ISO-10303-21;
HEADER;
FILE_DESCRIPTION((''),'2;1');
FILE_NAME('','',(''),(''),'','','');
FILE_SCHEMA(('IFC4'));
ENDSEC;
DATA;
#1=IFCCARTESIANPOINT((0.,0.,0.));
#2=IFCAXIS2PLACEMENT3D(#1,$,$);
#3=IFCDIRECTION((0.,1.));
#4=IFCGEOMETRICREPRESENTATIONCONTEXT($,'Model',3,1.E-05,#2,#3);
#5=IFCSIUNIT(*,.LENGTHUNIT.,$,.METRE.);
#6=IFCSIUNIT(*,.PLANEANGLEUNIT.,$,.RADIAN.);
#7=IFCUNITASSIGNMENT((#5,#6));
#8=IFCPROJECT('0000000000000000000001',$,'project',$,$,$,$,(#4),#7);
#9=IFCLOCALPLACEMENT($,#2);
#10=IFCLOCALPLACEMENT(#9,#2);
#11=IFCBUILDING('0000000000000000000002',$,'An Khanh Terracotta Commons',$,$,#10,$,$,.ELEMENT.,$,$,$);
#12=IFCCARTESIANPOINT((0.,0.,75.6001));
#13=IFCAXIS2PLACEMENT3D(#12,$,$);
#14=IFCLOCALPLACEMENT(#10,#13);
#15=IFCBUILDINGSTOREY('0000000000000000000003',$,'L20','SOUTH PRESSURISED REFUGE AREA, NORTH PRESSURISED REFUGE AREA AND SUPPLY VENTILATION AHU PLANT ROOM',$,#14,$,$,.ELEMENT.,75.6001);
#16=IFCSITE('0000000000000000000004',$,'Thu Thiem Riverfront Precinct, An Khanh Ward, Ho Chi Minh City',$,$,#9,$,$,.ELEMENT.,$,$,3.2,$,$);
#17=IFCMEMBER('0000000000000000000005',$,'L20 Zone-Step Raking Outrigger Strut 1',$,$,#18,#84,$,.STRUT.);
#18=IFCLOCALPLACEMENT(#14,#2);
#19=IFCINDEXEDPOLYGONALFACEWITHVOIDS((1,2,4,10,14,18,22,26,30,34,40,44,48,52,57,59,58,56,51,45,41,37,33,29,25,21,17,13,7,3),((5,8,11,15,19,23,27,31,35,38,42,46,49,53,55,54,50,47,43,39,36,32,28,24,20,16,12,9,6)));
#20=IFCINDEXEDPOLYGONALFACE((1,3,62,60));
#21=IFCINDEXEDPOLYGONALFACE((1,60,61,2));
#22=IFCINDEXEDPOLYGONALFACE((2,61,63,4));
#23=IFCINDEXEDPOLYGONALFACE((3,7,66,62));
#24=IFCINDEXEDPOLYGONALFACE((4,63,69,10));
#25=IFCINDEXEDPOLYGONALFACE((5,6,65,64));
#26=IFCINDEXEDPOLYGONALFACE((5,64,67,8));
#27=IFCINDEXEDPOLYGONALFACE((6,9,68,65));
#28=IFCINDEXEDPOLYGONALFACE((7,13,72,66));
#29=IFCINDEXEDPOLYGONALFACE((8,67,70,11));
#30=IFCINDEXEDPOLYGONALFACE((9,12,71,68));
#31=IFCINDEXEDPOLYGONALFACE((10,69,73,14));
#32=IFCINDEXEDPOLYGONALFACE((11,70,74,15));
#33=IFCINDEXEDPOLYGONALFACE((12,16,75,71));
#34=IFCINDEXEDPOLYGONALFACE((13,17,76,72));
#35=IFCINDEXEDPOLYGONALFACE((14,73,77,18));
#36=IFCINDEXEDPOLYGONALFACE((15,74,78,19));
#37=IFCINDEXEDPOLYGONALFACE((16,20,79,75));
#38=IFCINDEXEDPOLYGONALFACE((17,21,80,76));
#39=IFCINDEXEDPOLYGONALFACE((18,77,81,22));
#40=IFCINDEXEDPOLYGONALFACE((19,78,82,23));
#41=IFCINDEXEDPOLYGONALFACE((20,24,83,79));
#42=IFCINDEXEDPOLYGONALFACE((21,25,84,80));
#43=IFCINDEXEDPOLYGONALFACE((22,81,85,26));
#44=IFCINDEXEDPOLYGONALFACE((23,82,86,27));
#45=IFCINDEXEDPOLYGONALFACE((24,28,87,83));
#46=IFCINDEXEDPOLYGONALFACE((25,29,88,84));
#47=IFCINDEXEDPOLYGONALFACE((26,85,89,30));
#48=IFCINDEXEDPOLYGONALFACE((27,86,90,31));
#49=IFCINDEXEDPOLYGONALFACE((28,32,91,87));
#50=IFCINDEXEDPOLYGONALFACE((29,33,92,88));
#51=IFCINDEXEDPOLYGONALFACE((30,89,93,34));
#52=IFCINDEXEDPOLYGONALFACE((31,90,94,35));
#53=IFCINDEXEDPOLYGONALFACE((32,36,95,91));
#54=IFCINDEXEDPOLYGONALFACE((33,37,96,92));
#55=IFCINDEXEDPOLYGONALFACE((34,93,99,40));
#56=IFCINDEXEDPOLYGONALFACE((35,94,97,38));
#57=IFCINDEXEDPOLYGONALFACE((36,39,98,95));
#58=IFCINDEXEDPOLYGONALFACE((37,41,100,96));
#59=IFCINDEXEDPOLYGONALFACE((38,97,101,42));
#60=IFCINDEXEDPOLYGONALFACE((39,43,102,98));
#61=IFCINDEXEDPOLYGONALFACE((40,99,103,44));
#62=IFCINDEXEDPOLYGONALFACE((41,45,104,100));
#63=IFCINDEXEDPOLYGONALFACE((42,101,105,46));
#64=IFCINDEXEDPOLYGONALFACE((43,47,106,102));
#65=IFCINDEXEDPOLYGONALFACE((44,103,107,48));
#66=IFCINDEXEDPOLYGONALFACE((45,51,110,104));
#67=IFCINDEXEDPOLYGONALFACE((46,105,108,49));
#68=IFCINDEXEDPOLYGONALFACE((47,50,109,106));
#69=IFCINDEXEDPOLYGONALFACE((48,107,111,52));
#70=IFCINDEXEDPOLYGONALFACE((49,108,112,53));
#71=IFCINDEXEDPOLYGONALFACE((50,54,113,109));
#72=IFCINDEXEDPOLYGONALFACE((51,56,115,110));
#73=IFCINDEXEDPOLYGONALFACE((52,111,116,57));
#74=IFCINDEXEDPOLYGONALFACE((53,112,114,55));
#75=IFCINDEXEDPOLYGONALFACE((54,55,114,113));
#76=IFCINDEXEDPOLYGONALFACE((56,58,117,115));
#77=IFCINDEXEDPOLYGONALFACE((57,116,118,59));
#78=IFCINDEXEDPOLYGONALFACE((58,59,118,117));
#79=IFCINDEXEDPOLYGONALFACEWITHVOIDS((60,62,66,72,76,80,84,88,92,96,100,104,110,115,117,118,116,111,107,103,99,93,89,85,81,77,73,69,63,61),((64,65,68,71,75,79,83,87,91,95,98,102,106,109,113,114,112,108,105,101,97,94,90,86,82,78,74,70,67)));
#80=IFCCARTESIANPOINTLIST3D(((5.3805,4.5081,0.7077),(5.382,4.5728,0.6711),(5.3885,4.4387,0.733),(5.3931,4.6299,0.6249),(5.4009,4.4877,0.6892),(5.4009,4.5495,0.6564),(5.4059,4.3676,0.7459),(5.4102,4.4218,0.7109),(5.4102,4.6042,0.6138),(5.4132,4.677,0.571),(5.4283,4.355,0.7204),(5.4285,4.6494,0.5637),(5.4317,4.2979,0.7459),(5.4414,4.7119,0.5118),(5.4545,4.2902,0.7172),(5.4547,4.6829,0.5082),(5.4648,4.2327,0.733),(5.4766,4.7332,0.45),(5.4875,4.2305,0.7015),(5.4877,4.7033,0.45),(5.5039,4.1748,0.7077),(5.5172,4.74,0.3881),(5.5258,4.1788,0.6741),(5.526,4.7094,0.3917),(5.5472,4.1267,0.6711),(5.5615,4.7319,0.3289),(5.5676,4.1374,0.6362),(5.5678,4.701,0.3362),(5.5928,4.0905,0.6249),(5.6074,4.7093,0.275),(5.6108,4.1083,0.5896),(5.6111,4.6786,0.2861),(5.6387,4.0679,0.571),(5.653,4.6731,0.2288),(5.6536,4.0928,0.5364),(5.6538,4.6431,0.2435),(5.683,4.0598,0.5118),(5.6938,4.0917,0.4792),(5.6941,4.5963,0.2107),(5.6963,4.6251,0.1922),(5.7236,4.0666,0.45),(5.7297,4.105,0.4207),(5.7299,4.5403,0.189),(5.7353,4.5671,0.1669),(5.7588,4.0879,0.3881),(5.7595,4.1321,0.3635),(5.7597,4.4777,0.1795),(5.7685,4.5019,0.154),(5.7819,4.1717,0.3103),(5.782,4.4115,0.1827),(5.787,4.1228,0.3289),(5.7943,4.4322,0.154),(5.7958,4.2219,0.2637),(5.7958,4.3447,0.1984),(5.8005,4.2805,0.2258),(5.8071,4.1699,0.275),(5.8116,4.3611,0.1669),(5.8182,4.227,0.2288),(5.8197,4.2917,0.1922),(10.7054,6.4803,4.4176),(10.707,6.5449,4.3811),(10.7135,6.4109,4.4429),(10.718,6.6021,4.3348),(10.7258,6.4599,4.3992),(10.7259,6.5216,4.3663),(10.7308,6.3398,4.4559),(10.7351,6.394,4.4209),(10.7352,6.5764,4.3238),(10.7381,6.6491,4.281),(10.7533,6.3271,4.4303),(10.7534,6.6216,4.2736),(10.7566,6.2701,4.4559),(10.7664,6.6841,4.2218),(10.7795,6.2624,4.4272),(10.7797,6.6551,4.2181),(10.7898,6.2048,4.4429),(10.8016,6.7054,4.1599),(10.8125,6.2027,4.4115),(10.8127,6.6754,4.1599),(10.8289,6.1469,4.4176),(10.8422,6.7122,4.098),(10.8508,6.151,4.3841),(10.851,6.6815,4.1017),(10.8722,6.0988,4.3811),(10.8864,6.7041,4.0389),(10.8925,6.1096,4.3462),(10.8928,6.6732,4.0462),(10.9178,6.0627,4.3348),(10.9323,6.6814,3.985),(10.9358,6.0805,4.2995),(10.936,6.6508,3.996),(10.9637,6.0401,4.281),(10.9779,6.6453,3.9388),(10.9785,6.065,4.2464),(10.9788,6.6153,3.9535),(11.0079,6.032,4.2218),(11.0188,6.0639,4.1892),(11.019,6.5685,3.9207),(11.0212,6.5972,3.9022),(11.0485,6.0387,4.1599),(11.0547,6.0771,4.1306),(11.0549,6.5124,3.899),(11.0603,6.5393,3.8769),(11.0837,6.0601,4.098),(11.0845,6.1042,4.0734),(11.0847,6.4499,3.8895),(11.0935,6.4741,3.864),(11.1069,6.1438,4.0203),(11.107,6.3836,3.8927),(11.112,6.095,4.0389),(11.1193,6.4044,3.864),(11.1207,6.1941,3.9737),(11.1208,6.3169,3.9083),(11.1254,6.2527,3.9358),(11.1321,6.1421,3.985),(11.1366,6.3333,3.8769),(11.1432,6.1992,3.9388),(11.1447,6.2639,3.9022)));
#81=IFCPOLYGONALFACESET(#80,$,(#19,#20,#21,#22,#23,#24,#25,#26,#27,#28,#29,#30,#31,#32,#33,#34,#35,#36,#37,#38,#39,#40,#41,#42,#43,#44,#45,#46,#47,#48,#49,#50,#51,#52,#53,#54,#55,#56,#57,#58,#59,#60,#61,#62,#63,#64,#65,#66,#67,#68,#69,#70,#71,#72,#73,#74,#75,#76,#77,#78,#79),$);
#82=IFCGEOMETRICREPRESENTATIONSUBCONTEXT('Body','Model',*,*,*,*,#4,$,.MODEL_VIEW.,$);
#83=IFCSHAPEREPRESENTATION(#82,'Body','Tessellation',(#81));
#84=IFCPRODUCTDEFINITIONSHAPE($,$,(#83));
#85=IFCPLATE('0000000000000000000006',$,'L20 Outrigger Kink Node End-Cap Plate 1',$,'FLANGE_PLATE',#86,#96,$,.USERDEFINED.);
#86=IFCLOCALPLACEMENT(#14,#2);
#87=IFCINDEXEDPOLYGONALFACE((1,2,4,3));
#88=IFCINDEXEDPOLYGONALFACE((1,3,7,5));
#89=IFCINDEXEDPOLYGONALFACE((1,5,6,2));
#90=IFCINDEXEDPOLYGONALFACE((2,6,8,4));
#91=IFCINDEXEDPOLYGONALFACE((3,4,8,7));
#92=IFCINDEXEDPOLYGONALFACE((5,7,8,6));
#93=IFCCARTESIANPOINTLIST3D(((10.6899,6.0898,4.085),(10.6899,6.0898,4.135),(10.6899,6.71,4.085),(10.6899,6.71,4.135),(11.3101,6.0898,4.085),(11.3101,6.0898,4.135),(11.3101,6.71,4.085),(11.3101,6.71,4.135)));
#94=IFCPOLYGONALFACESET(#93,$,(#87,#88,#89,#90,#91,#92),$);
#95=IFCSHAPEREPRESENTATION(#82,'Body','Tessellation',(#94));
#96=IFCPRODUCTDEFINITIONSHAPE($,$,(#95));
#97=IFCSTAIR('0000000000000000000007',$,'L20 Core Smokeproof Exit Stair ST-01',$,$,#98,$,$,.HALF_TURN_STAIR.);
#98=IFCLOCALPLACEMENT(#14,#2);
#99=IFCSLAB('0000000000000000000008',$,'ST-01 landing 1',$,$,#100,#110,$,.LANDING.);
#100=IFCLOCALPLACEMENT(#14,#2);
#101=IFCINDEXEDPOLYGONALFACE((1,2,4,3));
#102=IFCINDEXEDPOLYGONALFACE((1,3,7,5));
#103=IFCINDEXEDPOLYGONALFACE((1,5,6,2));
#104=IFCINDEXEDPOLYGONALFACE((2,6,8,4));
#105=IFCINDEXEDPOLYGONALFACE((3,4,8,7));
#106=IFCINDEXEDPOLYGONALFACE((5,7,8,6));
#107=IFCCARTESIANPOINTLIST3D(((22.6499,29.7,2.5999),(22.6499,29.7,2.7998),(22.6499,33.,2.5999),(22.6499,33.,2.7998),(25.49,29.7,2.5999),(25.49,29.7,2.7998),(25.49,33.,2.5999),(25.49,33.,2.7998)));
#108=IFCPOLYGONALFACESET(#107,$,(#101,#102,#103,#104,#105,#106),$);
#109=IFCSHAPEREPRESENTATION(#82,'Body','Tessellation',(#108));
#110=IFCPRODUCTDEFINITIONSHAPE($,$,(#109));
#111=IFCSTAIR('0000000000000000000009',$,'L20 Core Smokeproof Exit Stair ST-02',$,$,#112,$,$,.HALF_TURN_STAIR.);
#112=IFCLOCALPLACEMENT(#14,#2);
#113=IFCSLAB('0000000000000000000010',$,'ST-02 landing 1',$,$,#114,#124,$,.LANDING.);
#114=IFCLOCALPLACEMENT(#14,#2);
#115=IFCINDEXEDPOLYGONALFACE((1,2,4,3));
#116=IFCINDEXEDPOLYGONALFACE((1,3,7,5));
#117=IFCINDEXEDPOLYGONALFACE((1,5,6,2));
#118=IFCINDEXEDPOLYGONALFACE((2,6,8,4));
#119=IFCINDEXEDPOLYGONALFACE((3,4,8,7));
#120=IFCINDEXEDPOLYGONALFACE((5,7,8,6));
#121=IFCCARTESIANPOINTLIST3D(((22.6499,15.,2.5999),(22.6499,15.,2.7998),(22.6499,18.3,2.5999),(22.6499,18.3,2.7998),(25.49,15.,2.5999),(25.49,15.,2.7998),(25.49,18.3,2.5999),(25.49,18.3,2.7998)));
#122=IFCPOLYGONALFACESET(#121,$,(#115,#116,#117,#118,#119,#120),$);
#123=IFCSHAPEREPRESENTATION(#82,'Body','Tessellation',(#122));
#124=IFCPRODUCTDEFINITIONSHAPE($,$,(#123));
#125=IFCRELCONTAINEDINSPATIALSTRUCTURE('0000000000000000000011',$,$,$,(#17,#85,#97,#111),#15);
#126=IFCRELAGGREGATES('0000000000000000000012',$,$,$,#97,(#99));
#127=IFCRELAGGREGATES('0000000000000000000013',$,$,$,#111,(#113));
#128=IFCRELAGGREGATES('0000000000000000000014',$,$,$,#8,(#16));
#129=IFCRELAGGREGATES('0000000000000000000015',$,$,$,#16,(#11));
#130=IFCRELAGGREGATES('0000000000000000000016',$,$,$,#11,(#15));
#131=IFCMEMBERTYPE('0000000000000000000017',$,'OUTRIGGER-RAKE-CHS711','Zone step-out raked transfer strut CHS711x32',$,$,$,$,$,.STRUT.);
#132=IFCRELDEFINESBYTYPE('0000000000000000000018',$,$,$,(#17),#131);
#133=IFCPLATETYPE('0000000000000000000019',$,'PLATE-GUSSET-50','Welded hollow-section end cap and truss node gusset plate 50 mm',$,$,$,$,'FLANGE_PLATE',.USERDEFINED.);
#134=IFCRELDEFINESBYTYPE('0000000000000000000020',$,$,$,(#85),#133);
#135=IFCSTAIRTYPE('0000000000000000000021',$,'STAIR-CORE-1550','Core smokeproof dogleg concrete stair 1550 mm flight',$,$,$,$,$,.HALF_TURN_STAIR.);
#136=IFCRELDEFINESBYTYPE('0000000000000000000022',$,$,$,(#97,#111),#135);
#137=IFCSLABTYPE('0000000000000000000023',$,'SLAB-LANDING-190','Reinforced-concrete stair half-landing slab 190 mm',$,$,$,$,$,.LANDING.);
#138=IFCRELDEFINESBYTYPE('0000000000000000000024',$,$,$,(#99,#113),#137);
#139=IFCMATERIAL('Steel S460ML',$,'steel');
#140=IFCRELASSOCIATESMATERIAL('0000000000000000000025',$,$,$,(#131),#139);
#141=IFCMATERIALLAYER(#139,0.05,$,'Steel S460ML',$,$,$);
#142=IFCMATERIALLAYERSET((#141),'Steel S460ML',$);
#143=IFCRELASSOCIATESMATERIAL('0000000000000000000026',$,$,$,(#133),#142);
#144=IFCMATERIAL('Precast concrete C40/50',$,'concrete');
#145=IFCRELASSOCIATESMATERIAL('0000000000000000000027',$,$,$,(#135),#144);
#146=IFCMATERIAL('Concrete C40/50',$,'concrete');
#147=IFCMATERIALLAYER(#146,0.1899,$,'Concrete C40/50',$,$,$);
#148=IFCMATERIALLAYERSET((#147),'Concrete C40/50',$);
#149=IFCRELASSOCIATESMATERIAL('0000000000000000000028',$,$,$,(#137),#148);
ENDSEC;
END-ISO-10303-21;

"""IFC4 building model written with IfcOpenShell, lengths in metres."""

from ifc_helpers import new_model, si_unit, direction, frame, origin, origin_2d, place, context, subcontext, project, spatial, polyline, rectangle, hollow_circle, outline, extrude, material, layer, layer_set, material_profile, profile_set, type_object, element, aggregate, save


model = new_model("IFC4")

# Units and contexts
model_context = context("Model", 3, precision=1e-05, world=origin(), true_north=direction((0.0, 1.0)))
body_context = subcontext(model_context, "Body", "Model", "MODEL_VIEW")
ifc_project = project(units=[si_unit("LENGTHUNIT", "METRE"), si_unit("PLANEANGLEUNIT", "RADIAN")], contexts=[model_context])

# Site, building, storey
site_placement = place(None, origin())
site = spatial("IfcSite", under=ifc_project, at=site_placement, Name="Thu Thiem Riverfront Precinct, An Khanh Ward, Ho Chi Minh City", CompositionType="ELEMENT", RefElevation=3.2)
building_placement = place(site_placement, origin())
building = spatial("IfcBuilding", under=site, at=building_placement, Name="An Khanh Terracotta Commons", CompositionType="ELEMENT")
storey_placement = place(building_placement, frame((0.0, 0.0, 75.6001)))
storey = spatial("IfcBuildingStorey", under=building, at=storey_placement, Name="L20", Description="SOUTH PRESSURISED REFUGE AREA, NORTH PRESSURISED REFUGE AREA AND SUPPLY VENTILATION AHU PLANT ROOM", CompositionType="ELEMENT", Elevation=75.6001)

# Shared definitions
ifc_material_1 = material(Name="Steel S460ML", Category="steel")

# Member
ifc_material_profile_1 = material_profile(ifc_material_1, hollow_circle(Radius=0.3555, WallThickness=0.032, at=origin_2d()), Name="CHS711x32")
ifc_profile_set_1 = profile_set([ifc_material_profile_1], Name="Steel S460ML")
member_type_1 = type_object("IfcMemberType", Name="OUTRIGGER-RAKE-CHS711", Description="Zone step-out raked transfer strut CHS711x32", PredefinedType="STRUT", material=ifc_profile_set_1)
member_1_placement = place(storey_placement, frame((5.6001, 4.3999, 0.45), z_axis=(0.78505, 0.290754, 0.546954), x_axis=(-0.347309, 0.937751, 0.0)))
element("IfcMember", 1, at=member_1_placement, inside=storey, type_object=member_type_1, Name="L20 Zone-Step Raking Outrigger Strut 1", PredefinedType="STRUT", context=body_context, shape_type="SweptSolid", body=[
    extrude(hollow_circle(Radius=0.3555, WallThickness=0.032, at=origin_2d()), origin(), (0.0, 0.0, 1.0), 6.783),
])

# Plate
ifc_layer_1 = layer(ifc_material_1, 0.05, Name="Steel S460ML")
ifc_layer_set_1 = layer_set([ifc_layer_1], Name="Steel S460ML")
plate_type = type_object("IfcPlateType", Name="PLATE-GUSSET-50", Description="Welded hollow-section end cap and truss node gusset plate 50 mm", ElementType="FLANGE_PLATE", PredefinedType="USERDEFINED", material=ifc_layer_set_1)
plate_placement = place(storey_placement, frame((11.0, 6.3999, 4.085), z_axis=(0.0, 0.0, 1.0), x_axis=(1.0, 0.0, 0.0)))
element("IfcPlate", 2, at=plate_placement, inside=storey, type_object=plate_type, Name="L20 Outrigger Kink Node End-Cap Plate 1", ObjectType="FLANGE_PLATE", PredefinedType="USERDEFINED", context=body_context, shape_type="SweptSolid", body=[
    extrude(rectangle(XDim=0.6201, YDim=0.6201, at=origin_2d()), origin(), (0.0, 0.0, 1.0), 0.05),
])

# Stairs, slabs
ifc_material_2 = material(Name="Precast concrete C40/50", Category="concrete")
stair_type = type_object("IfcStairType", Name="STAIR-CORE-1550", Description="Core smokeproof dogleg concrete stair 1550 mm flight", PredefinedType="HALF_TURN_STAIR", material=ifc_material_2)
stair_1_placement = place(storey_placement, origin())
stair_1 = element("IfcStair", 3, at=stair_1_placement, inside=storey, type_object=stair_type, Name="L20 Core Smokeproof Exit Stair ST-01", PredefinedType="HALF_TURN_STAIR")
ifc_material_3 = material(Name="Concrete C40/50", Category="concrete")
ifc_layer_2 = layer(ifc_material_3, 0.1899, Name="Concrete C40/50")
ifc_layer_set_2 = layer_set([ifc_layer_2], Name="Concrete C40/50")
slab_type_1 = type_object("IfcSlabType", Name="SLAB-LANDING-190", Description="Reinforced-concrete stair half-landing slab 190 mm", PredefinedType="LANDING", material=ifc_layer_set_2)
slab_1_placement = place(storey_placement, frame((0.0, 0.0, 2.5999)))
slab_1 = element("IfcSlab", 4, at=slab_1_placement, type_object=slab_type_1, Name="ST-01 landing 1", PredefinedType="LANDING", context=body_context, shape_type="SweptSolid", body=[
    extrude(outline(polyline([(25.49, 33.0), (22.6499, 33.0), (22.6499, 29.7), (25.49, 29.7), (25.49, 33.0)])), origin(), (0.0, 0.0, 1.0), 0.2),
])
aggregate(stair_1, [slab_1])
stair_2_placement = place(storey_placement, origin())
stair_2 = element("IfcStair", 5, at=stair_2_placement, inside=storey, type_object=stair_type, Name="L20 Core Smokeproof Exit Stair ST-02", PredefinedType="HALF_TURN_STAIR")
slab_2_placement = place(storey_placement, frame((0.0, 0.0, 2.5999)))
slab_2 = element("IfcSlab", 6, at=slab_2_placement, type_object=slab_type_1, Name="ST-02 landing 1", PredefinedType="LANDING", context=body_context, shape_type="SweptSolid", body=[
    extrude(outline(polyline([(25.49, 18.3), (22.6499, 18.3), (22.6499, 15.0), (25.49, 15.0), (25.49, 18.3)])), origin(), (0.0, 0.0, 1.0), 0.2),
])
aggregate(stair_2, [slab_2])

save(model, "model.ifc")
